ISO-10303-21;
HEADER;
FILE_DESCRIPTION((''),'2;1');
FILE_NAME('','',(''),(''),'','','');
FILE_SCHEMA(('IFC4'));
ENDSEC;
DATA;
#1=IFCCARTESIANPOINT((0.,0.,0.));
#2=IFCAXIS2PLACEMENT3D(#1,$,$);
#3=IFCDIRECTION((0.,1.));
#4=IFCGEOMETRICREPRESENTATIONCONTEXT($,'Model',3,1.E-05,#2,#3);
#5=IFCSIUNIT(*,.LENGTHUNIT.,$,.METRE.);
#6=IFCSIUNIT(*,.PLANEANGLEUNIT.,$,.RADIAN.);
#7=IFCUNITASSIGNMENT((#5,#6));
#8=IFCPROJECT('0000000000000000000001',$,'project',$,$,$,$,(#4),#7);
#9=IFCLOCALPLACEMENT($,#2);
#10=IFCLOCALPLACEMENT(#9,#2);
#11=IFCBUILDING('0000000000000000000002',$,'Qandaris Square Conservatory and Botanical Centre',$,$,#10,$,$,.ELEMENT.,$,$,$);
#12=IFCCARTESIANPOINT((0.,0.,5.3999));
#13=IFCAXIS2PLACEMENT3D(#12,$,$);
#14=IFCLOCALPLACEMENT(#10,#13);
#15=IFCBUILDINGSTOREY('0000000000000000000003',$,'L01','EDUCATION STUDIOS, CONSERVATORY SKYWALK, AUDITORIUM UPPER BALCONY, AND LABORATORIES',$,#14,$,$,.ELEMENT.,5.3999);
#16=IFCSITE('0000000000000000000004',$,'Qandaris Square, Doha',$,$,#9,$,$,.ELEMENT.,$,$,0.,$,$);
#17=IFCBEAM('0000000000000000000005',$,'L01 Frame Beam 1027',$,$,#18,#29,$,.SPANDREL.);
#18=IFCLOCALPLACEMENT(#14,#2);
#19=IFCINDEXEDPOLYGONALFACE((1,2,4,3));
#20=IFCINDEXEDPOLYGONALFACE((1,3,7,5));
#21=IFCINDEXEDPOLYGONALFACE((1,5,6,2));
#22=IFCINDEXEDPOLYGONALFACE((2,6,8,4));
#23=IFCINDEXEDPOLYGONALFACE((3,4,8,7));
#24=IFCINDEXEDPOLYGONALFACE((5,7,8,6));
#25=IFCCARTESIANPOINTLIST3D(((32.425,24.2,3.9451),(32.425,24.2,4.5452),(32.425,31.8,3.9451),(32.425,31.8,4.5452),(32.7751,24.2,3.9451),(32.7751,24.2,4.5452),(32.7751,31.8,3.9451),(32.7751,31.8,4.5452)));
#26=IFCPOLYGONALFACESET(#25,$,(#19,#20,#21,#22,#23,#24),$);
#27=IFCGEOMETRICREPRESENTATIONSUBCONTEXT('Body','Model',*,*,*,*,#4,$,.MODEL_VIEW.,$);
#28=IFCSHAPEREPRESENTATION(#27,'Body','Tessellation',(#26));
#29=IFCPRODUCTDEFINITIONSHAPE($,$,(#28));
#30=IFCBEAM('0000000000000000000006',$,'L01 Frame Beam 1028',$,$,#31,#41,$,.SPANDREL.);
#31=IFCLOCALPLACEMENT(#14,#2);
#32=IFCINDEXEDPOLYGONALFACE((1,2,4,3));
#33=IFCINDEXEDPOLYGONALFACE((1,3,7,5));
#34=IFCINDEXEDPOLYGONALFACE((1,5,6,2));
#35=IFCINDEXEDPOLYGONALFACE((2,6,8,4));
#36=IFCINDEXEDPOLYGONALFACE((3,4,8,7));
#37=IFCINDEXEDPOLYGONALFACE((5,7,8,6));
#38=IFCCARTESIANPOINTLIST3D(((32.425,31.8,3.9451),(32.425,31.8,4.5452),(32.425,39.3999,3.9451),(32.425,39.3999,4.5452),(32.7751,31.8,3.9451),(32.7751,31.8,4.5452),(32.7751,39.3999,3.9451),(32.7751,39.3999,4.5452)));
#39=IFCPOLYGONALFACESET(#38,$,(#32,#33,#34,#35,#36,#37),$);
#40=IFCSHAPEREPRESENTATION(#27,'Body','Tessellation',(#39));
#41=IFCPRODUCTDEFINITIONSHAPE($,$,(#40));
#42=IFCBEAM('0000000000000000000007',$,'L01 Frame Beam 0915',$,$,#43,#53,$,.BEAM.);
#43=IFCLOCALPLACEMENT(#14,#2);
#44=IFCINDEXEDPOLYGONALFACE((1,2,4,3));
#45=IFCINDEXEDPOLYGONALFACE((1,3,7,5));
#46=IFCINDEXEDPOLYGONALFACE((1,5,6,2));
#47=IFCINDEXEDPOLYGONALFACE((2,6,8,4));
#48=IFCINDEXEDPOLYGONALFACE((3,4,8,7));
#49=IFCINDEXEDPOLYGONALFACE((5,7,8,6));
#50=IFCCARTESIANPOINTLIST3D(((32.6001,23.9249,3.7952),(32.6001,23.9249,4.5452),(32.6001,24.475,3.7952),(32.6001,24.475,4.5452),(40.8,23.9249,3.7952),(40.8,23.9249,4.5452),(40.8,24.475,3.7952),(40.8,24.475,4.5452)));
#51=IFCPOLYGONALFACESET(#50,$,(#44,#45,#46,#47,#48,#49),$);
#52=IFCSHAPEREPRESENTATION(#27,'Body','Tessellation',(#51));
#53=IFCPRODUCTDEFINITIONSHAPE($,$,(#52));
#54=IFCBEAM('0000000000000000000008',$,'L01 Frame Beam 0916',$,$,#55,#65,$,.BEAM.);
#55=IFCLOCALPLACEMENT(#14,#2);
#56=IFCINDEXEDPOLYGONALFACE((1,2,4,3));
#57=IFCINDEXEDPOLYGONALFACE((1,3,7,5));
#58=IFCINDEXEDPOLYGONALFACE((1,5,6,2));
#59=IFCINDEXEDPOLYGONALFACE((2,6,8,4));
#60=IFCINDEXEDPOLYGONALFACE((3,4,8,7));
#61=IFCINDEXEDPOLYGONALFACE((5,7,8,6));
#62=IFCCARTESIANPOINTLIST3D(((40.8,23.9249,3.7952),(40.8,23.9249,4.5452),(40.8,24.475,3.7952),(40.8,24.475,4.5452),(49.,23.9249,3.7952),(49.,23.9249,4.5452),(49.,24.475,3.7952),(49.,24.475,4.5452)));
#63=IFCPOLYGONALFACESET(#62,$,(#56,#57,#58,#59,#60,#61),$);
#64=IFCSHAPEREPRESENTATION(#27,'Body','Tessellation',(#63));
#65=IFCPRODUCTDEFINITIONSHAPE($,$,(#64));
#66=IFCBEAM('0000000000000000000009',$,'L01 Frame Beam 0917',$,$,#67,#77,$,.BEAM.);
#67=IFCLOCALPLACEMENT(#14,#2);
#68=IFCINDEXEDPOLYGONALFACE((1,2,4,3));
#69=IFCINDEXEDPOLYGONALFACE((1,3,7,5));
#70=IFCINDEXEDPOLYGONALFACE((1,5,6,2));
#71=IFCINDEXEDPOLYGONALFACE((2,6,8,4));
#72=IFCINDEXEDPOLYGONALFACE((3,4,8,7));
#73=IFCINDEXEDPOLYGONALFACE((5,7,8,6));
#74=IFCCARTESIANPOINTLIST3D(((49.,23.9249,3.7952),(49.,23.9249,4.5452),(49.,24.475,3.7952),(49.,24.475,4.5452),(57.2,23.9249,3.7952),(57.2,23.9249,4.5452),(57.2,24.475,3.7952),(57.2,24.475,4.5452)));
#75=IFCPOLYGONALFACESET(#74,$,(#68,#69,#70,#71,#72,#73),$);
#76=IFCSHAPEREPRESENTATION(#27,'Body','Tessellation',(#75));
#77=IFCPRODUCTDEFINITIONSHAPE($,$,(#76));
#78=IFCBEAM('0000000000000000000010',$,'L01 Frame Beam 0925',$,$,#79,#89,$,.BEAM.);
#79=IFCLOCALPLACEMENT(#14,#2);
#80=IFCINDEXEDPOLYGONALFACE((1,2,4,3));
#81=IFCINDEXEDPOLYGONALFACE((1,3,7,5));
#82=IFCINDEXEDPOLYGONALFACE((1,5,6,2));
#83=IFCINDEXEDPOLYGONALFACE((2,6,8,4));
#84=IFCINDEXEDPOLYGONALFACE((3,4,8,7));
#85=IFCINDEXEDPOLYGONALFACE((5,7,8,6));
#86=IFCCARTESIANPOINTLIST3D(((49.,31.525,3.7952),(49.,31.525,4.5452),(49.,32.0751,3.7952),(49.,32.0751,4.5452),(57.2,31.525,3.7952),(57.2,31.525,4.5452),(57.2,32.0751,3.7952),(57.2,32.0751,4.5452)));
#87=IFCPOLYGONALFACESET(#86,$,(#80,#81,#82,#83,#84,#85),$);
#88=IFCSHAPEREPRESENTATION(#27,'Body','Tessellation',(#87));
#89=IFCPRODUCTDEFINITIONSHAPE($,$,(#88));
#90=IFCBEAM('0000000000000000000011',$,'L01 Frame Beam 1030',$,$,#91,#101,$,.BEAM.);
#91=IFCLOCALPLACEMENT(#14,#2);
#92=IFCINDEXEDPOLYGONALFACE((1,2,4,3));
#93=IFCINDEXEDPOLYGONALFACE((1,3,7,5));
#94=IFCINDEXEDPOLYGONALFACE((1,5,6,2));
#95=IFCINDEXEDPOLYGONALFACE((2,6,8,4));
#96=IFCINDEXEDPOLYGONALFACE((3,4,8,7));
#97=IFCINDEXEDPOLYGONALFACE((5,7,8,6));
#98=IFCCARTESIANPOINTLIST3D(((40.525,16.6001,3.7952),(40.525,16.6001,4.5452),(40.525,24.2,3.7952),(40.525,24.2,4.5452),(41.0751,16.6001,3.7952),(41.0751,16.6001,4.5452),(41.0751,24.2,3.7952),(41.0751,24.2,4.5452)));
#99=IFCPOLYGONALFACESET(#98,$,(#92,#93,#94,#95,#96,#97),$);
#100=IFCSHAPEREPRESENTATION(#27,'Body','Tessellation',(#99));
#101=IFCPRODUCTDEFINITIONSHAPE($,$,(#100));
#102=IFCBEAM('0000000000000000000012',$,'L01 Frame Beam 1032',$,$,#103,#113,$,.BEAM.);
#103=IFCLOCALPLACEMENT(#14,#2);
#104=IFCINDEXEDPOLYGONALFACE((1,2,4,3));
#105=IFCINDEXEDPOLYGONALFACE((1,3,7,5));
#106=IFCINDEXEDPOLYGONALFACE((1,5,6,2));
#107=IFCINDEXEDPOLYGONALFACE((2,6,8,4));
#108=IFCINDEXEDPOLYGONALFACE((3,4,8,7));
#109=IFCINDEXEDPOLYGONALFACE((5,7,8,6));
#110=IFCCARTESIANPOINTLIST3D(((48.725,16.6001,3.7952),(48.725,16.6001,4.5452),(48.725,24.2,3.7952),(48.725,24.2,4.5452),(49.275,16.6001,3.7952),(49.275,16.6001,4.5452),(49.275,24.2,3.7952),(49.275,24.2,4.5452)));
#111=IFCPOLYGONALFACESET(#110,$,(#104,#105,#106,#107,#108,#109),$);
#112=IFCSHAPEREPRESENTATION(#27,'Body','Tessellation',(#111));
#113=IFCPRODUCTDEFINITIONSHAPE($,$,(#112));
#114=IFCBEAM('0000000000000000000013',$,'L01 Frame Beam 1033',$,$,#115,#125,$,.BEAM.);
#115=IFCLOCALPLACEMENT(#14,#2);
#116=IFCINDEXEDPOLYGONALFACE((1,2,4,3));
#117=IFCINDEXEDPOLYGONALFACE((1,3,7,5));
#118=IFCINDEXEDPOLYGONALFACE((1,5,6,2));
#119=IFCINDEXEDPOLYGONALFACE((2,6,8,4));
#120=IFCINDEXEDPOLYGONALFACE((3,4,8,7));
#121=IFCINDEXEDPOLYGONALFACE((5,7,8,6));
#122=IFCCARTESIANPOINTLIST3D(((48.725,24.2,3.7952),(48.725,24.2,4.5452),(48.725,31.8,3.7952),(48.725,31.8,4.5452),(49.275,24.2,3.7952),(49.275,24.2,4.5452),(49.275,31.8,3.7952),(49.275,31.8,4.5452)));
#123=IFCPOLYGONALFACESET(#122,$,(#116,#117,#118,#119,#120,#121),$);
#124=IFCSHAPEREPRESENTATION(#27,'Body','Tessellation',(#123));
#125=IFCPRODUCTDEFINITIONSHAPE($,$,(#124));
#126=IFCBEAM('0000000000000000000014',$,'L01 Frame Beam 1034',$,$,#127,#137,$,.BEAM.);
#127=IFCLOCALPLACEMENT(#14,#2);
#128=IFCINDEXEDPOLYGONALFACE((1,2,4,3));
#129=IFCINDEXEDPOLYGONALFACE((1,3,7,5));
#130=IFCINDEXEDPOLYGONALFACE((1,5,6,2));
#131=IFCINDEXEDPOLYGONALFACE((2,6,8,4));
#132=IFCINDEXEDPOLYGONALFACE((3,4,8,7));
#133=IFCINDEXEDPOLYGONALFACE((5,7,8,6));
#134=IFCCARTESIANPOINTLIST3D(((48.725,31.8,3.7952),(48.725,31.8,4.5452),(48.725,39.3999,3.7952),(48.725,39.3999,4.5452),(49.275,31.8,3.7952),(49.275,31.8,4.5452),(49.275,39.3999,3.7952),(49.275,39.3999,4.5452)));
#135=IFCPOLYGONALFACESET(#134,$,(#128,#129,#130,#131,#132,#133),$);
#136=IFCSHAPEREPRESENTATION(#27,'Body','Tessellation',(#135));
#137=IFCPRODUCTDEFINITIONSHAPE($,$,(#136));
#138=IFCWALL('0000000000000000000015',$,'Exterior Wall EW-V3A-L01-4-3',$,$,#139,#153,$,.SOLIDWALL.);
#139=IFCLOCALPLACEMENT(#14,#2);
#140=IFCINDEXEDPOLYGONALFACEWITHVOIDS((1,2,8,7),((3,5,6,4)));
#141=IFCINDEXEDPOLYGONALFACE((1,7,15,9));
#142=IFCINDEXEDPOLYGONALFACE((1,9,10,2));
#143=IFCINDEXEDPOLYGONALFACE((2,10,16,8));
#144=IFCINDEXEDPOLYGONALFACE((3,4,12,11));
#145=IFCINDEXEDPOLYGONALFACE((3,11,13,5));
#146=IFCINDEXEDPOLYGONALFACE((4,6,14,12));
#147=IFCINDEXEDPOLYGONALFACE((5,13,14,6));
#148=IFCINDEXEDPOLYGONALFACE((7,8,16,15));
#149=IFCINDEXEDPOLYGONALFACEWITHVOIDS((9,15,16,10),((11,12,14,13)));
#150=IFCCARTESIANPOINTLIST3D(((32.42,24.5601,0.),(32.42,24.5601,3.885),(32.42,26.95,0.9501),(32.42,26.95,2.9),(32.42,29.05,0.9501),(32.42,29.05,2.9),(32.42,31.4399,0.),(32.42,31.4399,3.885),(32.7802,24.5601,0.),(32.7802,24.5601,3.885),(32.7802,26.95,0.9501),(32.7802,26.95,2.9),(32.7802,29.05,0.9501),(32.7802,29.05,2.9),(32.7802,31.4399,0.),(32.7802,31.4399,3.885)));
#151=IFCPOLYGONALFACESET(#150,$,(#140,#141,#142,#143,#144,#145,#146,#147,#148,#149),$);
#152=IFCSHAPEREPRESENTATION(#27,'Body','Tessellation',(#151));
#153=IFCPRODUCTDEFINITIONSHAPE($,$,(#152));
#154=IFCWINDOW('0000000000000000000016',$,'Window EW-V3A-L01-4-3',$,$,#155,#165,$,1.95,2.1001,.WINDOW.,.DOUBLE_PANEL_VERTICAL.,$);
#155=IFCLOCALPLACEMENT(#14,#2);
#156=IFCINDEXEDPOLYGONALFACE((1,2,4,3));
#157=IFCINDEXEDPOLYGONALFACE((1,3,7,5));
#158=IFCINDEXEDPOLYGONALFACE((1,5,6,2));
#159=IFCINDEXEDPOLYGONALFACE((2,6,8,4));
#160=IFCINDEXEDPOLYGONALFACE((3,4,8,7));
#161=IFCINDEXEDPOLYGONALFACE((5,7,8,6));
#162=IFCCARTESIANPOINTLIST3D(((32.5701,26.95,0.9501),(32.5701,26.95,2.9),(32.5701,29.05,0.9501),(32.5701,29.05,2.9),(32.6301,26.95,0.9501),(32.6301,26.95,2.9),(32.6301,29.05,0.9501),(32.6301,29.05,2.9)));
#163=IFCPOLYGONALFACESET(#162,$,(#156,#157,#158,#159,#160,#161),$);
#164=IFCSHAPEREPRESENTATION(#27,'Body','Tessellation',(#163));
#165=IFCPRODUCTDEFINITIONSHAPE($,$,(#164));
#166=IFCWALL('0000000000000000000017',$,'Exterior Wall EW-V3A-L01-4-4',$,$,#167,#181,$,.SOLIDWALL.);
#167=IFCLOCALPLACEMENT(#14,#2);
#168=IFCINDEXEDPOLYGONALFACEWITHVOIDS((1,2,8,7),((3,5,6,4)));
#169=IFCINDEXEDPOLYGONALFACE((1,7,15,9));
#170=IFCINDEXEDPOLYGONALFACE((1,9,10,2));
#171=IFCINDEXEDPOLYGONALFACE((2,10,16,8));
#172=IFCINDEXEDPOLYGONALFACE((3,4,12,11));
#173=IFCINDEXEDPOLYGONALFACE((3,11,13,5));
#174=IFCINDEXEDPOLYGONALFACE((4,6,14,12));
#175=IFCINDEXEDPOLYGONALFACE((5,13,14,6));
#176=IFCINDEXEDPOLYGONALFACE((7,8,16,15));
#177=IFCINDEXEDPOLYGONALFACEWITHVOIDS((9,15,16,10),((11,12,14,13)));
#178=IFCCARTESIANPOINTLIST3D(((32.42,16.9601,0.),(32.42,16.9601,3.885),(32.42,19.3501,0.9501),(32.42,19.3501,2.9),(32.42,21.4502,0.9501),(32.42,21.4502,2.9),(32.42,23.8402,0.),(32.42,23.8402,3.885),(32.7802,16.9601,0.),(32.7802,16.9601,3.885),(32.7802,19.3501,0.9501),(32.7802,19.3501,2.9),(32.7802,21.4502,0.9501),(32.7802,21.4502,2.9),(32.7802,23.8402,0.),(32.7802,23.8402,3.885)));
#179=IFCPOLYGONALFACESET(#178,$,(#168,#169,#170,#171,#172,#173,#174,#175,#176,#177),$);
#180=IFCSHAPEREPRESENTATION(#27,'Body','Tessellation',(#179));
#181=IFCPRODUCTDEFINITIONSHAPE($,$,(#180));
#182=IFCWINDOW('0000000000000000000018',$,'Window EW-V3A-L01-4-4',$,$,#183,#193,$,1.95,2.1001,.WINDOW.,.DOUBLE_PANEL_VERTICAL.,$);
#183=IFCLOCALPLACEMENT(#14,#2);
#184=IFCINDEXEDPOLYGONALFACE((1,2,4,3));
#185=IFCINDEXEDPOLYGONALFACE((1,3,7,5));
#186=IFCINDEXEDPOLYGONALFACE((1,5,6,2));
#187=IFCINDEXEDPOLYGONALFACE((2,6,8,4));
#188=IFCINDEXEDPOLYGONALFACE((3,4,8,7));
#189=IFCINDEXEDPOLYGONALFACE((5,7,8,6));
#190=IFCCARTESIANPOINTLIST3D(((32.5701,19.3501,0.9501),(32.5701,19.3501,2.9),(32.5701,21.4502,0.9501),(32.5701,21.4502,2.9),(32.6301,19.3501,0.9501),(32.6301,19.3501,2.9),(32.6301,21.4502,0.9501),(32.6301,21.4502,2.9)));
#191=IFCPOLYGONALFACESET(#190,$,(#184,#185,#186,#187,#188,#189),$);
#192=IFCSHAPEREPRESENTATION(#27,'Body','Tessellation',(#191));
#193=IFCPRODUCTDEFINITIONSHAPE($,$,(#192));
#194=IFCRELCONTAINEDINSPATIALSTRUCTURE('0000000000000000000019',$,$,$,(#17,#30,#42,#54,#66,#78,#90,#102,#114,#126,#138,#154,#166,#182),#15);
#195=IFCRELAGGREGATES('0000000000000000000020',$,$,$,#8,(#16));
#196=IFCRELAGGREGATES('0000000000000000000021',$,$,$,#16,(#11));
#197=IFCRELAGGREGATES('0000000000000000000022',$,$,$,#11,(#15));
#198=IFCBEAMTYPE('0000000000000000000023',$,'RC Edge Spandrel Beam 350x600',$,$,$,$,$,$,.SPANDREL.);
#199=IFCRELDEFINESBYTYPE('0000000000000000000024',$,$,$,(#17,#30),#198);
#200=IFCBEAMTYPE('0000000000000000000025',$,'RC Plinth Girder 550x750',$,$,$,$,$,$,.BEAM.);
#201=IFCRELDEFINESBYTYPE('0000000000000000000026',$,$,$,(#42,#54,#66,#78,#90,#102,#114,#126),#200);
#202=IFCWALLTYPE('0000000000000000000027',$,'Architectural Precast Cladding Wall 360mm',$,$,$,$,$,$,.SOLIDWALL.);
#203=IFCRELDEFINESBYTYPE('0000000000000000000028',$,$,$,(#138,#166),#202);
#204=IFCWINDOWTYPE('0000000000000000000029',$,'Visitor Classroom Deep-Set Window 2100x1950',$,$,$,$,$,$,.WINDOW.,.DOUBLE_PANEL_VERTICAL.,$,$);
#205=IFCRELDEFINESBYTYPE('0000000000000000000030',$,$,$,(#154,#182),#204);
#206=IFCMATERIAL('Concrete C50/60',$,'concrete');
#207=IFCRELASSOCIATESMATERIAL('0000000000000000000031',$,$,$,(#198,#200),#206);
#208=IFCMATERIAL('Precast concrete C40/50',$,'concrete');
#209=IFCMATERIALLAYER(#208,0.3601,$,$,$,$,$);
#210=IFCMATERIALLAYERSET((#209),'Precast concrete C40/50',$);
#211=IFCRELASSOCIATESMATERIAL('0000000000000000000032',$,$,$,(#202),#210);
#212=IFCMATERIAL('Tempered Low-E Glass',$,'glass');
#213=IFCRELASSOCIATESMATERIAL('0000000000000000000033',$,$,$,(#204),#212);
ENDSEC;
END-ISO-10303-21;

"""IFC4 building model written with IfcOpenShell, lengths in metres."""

from ifc_helpers import new_model, si_unit, direction, frame, frame_2d, origin, origin_2d, place, context, subcontext, project, spatial, rectangle, extrude, material, layer, layer_set, material_profile, profile_set, type_object, element, fill, save


model = new_model("IFC4")

# Units and contexts
model_context = context("Model", 3, precision=1e-05, world=origin(), true_north=direction((0.0, 1.0)))
body_context = subcontext(model_context, "Body", "Model", "MODEL_VIEW")
ifc_project = project(units=[si_unit("LENGTHUNIT", "METRE"), si_unit("PLANEANGLEUNIT", "RADIAN")], contexts=[model_context])

# Site, building, storey
site_placement = place(None, origin())
site = spatial("IfcSite", under=ifc_project, at=site_placement, Name="Qandaris Square, Doha", CompositionType="ELEMENT", RefElevation=0.0)
building_placement = place(site_placement, origin())
building = spatial("IfcBuilding", under=site, at=building_placement, Name="Qandaris Square Conservatory and Botanical Centre", CompositionType="ELEMENT")
storey_placement = place(building_placement, frame((0.0, 0.0, 5.3999)))
storey = spatial("IfcBuildingStorey", under=building, at=storey_placement, Name="L01", Description="EDUCATION STUDIOS, CONSERVATORY SKYWALK, AUDITORIUM UPPER BALCONY, AND LABORATORIES", CompositionType="ELEMENT", Elevation=5.3999)

# Beams
ifc_material_1 = material(Name="Concrete C50/60", Category="concrete")
ifc_material_profile_1 = material_profile(ifc_material_1, rectangle(XDim=0.3501, YDim=0.6001, at=origin_2d()), Name="RC-SP 350x600")
ifc_profile_set_1 = profile_set([ifc_material_profile_1], Name="Concrete C50/60")
beam_type_1 = type_object("IfcBeamType", Name="RC Edge Spandrel Beam 350x600", PredefinedType="SPANDREL", material=ifc_profile_set_1)
beam_1_placement = place(storey_placement, frame((32.6001, 24.2, 4.2451), z_axis=(0.0, 1.0, 0.0), x_axis=(-1.0, 0.0, 0.0)))
element("IfcBeam", 1, at=beam_1_placement, inside=storey, type_object=beam_type_1, Name="L01 Frame Beam 1027", PredefinedType="SPANDREL", context=body_context, shape_type="SweptSolid", body=[
    extrude(rectangle(XDim=0.3501, YDim=0.6001, at=origin_2d()), origin(), (0.0, 0.0, 1.0), 7.6001),
])
beam_2_placement = place(storey_placement, frame((32.6001, 31.8, 4.2451), z_axis=(0.0, 1.0, 0.0), x_axis=(-1.0, 0.0, 0.0)))
element("IfcBeam", 2, at=beam_2_placement, inside=storey, type_object=beam_type_1, Name="L01 Frame Beam 1028", PredefinedType="SPANDREL", context=body_context, shape_type="SweptSolid", body=[
    extrude(rectangle(XDim=0.3501, YDim=0.6001, at=origin_2d()), origin(), (0.0, 0.0, 1.0), 7.5999),
])
ifc_material_profile_2 = material_profile(ifc_material_1, rectangle(XDim=0.55, YDim=0.75, at=origin_2d()), Name="RC-BM 550x750")
ifc_profile_set_2 = profile_set([ifc_material_profile_2], Name="Concrete C50/60")
beam_type_2 = type_object("IfcBeamType", Name="RC Plinth Girder 550x750", PredefinedType="BEAM", material=ifc_profile_set_2)
for number, where, z_axis, x_axis, name in (
    (3, (32.6001, 24.2, 4.1702), (1.0, 0.0, 0.0), (0.0, 1.0, 0.0), "L01 Frame Beam 0915"),
    (4, (40.8, 24.2, 4.1702), (1.0, 0.0, 0.0), (0.0, 1.0, 0.0), "L01 Frame Beam 0916"),
    (5, (49.0, 24.2, 4.1702), (1.0, 0.0, 0.0), (0.0, 1.0, 0.0), "L01 Frame Beam 0917"),
    (6, (49.0, 31.8, 4.1702), (1.0, 0.0, 0.0), (0.0, 1.0, 0.0), "L01 Frame Beam 0925"),
):
    element("IfcBeam", number, at=place(storey_placement, frame(where, z_axis=z_axis, x_axis=x_axis)), inside=storey, type_object=beam_type_2, Name=name, PredefinedType="BEAM", context=body_context, shape_type="SweptSolid", body=[
        extrude(rectangle(XDim=0.55, YDim=0.75, at=origin_2d()), origin(), (0.0, 0.0, 1.0), 8.2),
    ])
for number, where, z_axis, x_axis, name in (
    (7, (40.8, 16.6001, 4.1702), (0.0, 1.0, 0.0), (-1.0, 0.0, 0.0), "L01 Frame Beam 1030"),
    (8, (49.0, 16.6001, 4.1702), (0.0, 1.0, 0.0), (-1.0, 0.0, 0.0), "L01 Frame Beam 1032"),
):
    element("IfcBeam", number, at=place(storey_placement, frame(where, z_axis=z_axis, x_axis=x_axis)), inside=storey, type_object=beam_type_2, Name=name, PredefinedType="BEAM", context=body_context, shape_type="SweptSolid", body=[
        extrude(rectangle(XDim=0.55, YDim=0.75, at=origin_2d()), origin(), (0.0, 0.0, 1.0), 7.5999),
    ])
beam_3_placement = place(storey_placement, frame((49.0, 24.2, 4.1702), z_axis=(0.0, 1.0, 0.0), x_axis=(-1.0, 0.0, 0.0)))
element("IfcBeam", 9, at=beam_3_placement, inside=storey, type_object=beam_type_2, Name="L01 Frame Beam 1033", PredefinedType="BEAM", context=body_context, shape_type="SweptSolid", body=[
    extrude(rectangle(XDim=0.55, YDim=0.75, at=origin_2d()), origin(), (0.0, 0.0, 1.0), 7.6001),
])
beam_4_placement = place(storey_placement, frame((49.0, 31.8, 4.1702), z_axis=(0.0, 1.0, 0.0), x_axis=(-1.0, 0.0, 0.0)))
element("IfcBeam", 10, at=beam_4_placement, inside=storey, type_object=beam_type_2, Name="L01 Frame Beam 1034", PredefinedType="BEAM", context=body_context, shape_type="SweptSolid", body=[
    extrude(rectangle(XDim=0.55, YDim=0.75, at=origin_2d()), origin(), (0.0, 0.0, 1.0), 7.5999),
])

# Walls, openings, windows
ifc_material_2 = material(Name="Precast concrete C40/50", Category="concrete")
ifc_layer_1 = layer(ifc_material_2, 0.3601)
ifc_layer_set_1 = layer_set([ifc_layer_1], Name="Precast concrete C40/50")
wall_type_1 = type_object("IfcWallType", Name="Architectural Precast Cladding Wall 360mm", PredefinedType="SOLIDWALL", material=ifc_layer_set_1)
wall_1_placement = place(storey_placement, frame((32.6001, 31.4399, 0.0), z_axis=(0.0, 0.0, 1.0), x_axis=(0.0, -1.0, 0.0)))
wall_1 = element("IfcWall", 11, at=wall_1_placement, inside=storey, type_object=wall_type_1, Name="Exterior Wall EW-V3A-L01-4-3", PredefinedType="SOLIDWALL", context=body_context, shape_type="SweptSolid", body=[
    extrude(rectangle(XDim=6.8799, YDim=0.3601, at=frame_2d((3.4399, 0.0))), origin(), (0.0, 0.0, 1.0), 3.885),
])
opening_1_placement = place(wall_1_placement, frame((2.3899, 0.0, 0.95)))
opening_1 = element("IfcOpeningElement", 12, at=opening_1_placement, cuts=wall_1, PredefinedType="OPENING", context=body_context, shape_type="SweptSolid", body=[
    extrude(rectangle(XDim=2.1001, YDim=1.95, at=frame_2d((1.05, 0.9751))), frame((0.0, 0.1919, 0.0), z_axis=(0.0, -1.0, 0.0), x_axis=(1.0, 0.0, 0.0)), (0.0, 0.0, 1.0), 0.384),
])
ifc_material_3 = material(Name="Tempered Low-E Glass", Category="glass")
window_type = type_object("IfcWindowType", Name="Visitor Classroom Deep-Set Window 2100x1950", PartitioningType="DOUBLE_PANEL_VERTICAL", PredefinedType="WINDOW", material=ifc_material_3)
window_1_placement = place(opening_1_placement, origin())
window_1 = element("IfcWindow", 13, at=window_1_placement, inside=storey, type_object=window_type, Name="Window EW-V3A-L01-4-3", OverallHeight=1.95, OverallWidth=2.1001, PartitioningType="DOUBLE_PANEL_VERTICAL", PredefinedType="WINDOW", context=body_context, shape_type="SweptSolid", body=[
    extrude(rectangle(XDim=2.1001, YDim=1.95, at=frame_2d((1.05, 0.9751))), frame((0.0, 0.03, 0.0), z_axis=(0.0, -1.0, 0.0), x_axis=(1.0, 0.0, 0.0)), (0.0, 0.0, 1.0), 0.0601),
])
fill(opening_1, window_1)
wall_2_placement = place(storey_placement, frame((32.6001, 23.8401, 0.0), z_axis=(0.0, 0.0, 1.0), x_axis=(0.0, -1.0, 0.0)))
wall_2 = element("IfcWall", 14, at=wall_2_placement, inside=storey, type_object=wall_type_1, Name="Exterior Wall EW-V3A-L01-4-4", PredefinedType="SOLIDWALL", context=body_context, shape_type="SweptSolid", body=[
    extrude(rectangle(XDim=6.8801, YDim=0.3601, at=frame_2d((3.4399, 0.0))), origin(), (0.0, 0.0, 1.0), 3.885),
])
opening_2_placement = place(wall_2_placement, frame((2.3899, 0.0, 0.95)))
opening_2 = element("IfcOpeningElement", 15, at=opening_2_placement, cuts=wall_2, PredefinedType="OPENING", context=body_context, shape_type="SweptSolid", body=[
    extrude(rectangle(XDim=2.1001, YDim=1.95, at=frame_2d((1.05, 0.9751))), frame((0.0, 0.1919, 0.0), z_axis=(0.0, -1.0, 0.0), x_axis=(1.0, 0.0, 0.0)), (0.0, 0.0, 1.0), 0.384),
])
window_2_placement = place(opening_2_placement, origin())
window_2 = element("IfcWindow", 16, at=window_2_placement, inside=storey, type_object=window_type, Name="Window EW-V3A-L01-4-4", OverallHeight=1.95, OverallWidth=2.1001, PartitioningType="DOUBLE_PANEL_VERTICAL", PredefinedType="WINDOW", context=body_context, shape_type="SweptSolid", body=[
    extrude(rectangle(XDim=2.1001, YDim=1.95, at=frame_2d((1.05, 0.9751))), frame((0.0, 0.03, 0.0), z_axis=(0.0, -1.0, 0.0), x_axis=(1.0, 0.0, 0.0)), (0.0, 0.0, 1.0), 0.0601),
])
fill(opening_2, window_2)

save(model, "model.ifc")
